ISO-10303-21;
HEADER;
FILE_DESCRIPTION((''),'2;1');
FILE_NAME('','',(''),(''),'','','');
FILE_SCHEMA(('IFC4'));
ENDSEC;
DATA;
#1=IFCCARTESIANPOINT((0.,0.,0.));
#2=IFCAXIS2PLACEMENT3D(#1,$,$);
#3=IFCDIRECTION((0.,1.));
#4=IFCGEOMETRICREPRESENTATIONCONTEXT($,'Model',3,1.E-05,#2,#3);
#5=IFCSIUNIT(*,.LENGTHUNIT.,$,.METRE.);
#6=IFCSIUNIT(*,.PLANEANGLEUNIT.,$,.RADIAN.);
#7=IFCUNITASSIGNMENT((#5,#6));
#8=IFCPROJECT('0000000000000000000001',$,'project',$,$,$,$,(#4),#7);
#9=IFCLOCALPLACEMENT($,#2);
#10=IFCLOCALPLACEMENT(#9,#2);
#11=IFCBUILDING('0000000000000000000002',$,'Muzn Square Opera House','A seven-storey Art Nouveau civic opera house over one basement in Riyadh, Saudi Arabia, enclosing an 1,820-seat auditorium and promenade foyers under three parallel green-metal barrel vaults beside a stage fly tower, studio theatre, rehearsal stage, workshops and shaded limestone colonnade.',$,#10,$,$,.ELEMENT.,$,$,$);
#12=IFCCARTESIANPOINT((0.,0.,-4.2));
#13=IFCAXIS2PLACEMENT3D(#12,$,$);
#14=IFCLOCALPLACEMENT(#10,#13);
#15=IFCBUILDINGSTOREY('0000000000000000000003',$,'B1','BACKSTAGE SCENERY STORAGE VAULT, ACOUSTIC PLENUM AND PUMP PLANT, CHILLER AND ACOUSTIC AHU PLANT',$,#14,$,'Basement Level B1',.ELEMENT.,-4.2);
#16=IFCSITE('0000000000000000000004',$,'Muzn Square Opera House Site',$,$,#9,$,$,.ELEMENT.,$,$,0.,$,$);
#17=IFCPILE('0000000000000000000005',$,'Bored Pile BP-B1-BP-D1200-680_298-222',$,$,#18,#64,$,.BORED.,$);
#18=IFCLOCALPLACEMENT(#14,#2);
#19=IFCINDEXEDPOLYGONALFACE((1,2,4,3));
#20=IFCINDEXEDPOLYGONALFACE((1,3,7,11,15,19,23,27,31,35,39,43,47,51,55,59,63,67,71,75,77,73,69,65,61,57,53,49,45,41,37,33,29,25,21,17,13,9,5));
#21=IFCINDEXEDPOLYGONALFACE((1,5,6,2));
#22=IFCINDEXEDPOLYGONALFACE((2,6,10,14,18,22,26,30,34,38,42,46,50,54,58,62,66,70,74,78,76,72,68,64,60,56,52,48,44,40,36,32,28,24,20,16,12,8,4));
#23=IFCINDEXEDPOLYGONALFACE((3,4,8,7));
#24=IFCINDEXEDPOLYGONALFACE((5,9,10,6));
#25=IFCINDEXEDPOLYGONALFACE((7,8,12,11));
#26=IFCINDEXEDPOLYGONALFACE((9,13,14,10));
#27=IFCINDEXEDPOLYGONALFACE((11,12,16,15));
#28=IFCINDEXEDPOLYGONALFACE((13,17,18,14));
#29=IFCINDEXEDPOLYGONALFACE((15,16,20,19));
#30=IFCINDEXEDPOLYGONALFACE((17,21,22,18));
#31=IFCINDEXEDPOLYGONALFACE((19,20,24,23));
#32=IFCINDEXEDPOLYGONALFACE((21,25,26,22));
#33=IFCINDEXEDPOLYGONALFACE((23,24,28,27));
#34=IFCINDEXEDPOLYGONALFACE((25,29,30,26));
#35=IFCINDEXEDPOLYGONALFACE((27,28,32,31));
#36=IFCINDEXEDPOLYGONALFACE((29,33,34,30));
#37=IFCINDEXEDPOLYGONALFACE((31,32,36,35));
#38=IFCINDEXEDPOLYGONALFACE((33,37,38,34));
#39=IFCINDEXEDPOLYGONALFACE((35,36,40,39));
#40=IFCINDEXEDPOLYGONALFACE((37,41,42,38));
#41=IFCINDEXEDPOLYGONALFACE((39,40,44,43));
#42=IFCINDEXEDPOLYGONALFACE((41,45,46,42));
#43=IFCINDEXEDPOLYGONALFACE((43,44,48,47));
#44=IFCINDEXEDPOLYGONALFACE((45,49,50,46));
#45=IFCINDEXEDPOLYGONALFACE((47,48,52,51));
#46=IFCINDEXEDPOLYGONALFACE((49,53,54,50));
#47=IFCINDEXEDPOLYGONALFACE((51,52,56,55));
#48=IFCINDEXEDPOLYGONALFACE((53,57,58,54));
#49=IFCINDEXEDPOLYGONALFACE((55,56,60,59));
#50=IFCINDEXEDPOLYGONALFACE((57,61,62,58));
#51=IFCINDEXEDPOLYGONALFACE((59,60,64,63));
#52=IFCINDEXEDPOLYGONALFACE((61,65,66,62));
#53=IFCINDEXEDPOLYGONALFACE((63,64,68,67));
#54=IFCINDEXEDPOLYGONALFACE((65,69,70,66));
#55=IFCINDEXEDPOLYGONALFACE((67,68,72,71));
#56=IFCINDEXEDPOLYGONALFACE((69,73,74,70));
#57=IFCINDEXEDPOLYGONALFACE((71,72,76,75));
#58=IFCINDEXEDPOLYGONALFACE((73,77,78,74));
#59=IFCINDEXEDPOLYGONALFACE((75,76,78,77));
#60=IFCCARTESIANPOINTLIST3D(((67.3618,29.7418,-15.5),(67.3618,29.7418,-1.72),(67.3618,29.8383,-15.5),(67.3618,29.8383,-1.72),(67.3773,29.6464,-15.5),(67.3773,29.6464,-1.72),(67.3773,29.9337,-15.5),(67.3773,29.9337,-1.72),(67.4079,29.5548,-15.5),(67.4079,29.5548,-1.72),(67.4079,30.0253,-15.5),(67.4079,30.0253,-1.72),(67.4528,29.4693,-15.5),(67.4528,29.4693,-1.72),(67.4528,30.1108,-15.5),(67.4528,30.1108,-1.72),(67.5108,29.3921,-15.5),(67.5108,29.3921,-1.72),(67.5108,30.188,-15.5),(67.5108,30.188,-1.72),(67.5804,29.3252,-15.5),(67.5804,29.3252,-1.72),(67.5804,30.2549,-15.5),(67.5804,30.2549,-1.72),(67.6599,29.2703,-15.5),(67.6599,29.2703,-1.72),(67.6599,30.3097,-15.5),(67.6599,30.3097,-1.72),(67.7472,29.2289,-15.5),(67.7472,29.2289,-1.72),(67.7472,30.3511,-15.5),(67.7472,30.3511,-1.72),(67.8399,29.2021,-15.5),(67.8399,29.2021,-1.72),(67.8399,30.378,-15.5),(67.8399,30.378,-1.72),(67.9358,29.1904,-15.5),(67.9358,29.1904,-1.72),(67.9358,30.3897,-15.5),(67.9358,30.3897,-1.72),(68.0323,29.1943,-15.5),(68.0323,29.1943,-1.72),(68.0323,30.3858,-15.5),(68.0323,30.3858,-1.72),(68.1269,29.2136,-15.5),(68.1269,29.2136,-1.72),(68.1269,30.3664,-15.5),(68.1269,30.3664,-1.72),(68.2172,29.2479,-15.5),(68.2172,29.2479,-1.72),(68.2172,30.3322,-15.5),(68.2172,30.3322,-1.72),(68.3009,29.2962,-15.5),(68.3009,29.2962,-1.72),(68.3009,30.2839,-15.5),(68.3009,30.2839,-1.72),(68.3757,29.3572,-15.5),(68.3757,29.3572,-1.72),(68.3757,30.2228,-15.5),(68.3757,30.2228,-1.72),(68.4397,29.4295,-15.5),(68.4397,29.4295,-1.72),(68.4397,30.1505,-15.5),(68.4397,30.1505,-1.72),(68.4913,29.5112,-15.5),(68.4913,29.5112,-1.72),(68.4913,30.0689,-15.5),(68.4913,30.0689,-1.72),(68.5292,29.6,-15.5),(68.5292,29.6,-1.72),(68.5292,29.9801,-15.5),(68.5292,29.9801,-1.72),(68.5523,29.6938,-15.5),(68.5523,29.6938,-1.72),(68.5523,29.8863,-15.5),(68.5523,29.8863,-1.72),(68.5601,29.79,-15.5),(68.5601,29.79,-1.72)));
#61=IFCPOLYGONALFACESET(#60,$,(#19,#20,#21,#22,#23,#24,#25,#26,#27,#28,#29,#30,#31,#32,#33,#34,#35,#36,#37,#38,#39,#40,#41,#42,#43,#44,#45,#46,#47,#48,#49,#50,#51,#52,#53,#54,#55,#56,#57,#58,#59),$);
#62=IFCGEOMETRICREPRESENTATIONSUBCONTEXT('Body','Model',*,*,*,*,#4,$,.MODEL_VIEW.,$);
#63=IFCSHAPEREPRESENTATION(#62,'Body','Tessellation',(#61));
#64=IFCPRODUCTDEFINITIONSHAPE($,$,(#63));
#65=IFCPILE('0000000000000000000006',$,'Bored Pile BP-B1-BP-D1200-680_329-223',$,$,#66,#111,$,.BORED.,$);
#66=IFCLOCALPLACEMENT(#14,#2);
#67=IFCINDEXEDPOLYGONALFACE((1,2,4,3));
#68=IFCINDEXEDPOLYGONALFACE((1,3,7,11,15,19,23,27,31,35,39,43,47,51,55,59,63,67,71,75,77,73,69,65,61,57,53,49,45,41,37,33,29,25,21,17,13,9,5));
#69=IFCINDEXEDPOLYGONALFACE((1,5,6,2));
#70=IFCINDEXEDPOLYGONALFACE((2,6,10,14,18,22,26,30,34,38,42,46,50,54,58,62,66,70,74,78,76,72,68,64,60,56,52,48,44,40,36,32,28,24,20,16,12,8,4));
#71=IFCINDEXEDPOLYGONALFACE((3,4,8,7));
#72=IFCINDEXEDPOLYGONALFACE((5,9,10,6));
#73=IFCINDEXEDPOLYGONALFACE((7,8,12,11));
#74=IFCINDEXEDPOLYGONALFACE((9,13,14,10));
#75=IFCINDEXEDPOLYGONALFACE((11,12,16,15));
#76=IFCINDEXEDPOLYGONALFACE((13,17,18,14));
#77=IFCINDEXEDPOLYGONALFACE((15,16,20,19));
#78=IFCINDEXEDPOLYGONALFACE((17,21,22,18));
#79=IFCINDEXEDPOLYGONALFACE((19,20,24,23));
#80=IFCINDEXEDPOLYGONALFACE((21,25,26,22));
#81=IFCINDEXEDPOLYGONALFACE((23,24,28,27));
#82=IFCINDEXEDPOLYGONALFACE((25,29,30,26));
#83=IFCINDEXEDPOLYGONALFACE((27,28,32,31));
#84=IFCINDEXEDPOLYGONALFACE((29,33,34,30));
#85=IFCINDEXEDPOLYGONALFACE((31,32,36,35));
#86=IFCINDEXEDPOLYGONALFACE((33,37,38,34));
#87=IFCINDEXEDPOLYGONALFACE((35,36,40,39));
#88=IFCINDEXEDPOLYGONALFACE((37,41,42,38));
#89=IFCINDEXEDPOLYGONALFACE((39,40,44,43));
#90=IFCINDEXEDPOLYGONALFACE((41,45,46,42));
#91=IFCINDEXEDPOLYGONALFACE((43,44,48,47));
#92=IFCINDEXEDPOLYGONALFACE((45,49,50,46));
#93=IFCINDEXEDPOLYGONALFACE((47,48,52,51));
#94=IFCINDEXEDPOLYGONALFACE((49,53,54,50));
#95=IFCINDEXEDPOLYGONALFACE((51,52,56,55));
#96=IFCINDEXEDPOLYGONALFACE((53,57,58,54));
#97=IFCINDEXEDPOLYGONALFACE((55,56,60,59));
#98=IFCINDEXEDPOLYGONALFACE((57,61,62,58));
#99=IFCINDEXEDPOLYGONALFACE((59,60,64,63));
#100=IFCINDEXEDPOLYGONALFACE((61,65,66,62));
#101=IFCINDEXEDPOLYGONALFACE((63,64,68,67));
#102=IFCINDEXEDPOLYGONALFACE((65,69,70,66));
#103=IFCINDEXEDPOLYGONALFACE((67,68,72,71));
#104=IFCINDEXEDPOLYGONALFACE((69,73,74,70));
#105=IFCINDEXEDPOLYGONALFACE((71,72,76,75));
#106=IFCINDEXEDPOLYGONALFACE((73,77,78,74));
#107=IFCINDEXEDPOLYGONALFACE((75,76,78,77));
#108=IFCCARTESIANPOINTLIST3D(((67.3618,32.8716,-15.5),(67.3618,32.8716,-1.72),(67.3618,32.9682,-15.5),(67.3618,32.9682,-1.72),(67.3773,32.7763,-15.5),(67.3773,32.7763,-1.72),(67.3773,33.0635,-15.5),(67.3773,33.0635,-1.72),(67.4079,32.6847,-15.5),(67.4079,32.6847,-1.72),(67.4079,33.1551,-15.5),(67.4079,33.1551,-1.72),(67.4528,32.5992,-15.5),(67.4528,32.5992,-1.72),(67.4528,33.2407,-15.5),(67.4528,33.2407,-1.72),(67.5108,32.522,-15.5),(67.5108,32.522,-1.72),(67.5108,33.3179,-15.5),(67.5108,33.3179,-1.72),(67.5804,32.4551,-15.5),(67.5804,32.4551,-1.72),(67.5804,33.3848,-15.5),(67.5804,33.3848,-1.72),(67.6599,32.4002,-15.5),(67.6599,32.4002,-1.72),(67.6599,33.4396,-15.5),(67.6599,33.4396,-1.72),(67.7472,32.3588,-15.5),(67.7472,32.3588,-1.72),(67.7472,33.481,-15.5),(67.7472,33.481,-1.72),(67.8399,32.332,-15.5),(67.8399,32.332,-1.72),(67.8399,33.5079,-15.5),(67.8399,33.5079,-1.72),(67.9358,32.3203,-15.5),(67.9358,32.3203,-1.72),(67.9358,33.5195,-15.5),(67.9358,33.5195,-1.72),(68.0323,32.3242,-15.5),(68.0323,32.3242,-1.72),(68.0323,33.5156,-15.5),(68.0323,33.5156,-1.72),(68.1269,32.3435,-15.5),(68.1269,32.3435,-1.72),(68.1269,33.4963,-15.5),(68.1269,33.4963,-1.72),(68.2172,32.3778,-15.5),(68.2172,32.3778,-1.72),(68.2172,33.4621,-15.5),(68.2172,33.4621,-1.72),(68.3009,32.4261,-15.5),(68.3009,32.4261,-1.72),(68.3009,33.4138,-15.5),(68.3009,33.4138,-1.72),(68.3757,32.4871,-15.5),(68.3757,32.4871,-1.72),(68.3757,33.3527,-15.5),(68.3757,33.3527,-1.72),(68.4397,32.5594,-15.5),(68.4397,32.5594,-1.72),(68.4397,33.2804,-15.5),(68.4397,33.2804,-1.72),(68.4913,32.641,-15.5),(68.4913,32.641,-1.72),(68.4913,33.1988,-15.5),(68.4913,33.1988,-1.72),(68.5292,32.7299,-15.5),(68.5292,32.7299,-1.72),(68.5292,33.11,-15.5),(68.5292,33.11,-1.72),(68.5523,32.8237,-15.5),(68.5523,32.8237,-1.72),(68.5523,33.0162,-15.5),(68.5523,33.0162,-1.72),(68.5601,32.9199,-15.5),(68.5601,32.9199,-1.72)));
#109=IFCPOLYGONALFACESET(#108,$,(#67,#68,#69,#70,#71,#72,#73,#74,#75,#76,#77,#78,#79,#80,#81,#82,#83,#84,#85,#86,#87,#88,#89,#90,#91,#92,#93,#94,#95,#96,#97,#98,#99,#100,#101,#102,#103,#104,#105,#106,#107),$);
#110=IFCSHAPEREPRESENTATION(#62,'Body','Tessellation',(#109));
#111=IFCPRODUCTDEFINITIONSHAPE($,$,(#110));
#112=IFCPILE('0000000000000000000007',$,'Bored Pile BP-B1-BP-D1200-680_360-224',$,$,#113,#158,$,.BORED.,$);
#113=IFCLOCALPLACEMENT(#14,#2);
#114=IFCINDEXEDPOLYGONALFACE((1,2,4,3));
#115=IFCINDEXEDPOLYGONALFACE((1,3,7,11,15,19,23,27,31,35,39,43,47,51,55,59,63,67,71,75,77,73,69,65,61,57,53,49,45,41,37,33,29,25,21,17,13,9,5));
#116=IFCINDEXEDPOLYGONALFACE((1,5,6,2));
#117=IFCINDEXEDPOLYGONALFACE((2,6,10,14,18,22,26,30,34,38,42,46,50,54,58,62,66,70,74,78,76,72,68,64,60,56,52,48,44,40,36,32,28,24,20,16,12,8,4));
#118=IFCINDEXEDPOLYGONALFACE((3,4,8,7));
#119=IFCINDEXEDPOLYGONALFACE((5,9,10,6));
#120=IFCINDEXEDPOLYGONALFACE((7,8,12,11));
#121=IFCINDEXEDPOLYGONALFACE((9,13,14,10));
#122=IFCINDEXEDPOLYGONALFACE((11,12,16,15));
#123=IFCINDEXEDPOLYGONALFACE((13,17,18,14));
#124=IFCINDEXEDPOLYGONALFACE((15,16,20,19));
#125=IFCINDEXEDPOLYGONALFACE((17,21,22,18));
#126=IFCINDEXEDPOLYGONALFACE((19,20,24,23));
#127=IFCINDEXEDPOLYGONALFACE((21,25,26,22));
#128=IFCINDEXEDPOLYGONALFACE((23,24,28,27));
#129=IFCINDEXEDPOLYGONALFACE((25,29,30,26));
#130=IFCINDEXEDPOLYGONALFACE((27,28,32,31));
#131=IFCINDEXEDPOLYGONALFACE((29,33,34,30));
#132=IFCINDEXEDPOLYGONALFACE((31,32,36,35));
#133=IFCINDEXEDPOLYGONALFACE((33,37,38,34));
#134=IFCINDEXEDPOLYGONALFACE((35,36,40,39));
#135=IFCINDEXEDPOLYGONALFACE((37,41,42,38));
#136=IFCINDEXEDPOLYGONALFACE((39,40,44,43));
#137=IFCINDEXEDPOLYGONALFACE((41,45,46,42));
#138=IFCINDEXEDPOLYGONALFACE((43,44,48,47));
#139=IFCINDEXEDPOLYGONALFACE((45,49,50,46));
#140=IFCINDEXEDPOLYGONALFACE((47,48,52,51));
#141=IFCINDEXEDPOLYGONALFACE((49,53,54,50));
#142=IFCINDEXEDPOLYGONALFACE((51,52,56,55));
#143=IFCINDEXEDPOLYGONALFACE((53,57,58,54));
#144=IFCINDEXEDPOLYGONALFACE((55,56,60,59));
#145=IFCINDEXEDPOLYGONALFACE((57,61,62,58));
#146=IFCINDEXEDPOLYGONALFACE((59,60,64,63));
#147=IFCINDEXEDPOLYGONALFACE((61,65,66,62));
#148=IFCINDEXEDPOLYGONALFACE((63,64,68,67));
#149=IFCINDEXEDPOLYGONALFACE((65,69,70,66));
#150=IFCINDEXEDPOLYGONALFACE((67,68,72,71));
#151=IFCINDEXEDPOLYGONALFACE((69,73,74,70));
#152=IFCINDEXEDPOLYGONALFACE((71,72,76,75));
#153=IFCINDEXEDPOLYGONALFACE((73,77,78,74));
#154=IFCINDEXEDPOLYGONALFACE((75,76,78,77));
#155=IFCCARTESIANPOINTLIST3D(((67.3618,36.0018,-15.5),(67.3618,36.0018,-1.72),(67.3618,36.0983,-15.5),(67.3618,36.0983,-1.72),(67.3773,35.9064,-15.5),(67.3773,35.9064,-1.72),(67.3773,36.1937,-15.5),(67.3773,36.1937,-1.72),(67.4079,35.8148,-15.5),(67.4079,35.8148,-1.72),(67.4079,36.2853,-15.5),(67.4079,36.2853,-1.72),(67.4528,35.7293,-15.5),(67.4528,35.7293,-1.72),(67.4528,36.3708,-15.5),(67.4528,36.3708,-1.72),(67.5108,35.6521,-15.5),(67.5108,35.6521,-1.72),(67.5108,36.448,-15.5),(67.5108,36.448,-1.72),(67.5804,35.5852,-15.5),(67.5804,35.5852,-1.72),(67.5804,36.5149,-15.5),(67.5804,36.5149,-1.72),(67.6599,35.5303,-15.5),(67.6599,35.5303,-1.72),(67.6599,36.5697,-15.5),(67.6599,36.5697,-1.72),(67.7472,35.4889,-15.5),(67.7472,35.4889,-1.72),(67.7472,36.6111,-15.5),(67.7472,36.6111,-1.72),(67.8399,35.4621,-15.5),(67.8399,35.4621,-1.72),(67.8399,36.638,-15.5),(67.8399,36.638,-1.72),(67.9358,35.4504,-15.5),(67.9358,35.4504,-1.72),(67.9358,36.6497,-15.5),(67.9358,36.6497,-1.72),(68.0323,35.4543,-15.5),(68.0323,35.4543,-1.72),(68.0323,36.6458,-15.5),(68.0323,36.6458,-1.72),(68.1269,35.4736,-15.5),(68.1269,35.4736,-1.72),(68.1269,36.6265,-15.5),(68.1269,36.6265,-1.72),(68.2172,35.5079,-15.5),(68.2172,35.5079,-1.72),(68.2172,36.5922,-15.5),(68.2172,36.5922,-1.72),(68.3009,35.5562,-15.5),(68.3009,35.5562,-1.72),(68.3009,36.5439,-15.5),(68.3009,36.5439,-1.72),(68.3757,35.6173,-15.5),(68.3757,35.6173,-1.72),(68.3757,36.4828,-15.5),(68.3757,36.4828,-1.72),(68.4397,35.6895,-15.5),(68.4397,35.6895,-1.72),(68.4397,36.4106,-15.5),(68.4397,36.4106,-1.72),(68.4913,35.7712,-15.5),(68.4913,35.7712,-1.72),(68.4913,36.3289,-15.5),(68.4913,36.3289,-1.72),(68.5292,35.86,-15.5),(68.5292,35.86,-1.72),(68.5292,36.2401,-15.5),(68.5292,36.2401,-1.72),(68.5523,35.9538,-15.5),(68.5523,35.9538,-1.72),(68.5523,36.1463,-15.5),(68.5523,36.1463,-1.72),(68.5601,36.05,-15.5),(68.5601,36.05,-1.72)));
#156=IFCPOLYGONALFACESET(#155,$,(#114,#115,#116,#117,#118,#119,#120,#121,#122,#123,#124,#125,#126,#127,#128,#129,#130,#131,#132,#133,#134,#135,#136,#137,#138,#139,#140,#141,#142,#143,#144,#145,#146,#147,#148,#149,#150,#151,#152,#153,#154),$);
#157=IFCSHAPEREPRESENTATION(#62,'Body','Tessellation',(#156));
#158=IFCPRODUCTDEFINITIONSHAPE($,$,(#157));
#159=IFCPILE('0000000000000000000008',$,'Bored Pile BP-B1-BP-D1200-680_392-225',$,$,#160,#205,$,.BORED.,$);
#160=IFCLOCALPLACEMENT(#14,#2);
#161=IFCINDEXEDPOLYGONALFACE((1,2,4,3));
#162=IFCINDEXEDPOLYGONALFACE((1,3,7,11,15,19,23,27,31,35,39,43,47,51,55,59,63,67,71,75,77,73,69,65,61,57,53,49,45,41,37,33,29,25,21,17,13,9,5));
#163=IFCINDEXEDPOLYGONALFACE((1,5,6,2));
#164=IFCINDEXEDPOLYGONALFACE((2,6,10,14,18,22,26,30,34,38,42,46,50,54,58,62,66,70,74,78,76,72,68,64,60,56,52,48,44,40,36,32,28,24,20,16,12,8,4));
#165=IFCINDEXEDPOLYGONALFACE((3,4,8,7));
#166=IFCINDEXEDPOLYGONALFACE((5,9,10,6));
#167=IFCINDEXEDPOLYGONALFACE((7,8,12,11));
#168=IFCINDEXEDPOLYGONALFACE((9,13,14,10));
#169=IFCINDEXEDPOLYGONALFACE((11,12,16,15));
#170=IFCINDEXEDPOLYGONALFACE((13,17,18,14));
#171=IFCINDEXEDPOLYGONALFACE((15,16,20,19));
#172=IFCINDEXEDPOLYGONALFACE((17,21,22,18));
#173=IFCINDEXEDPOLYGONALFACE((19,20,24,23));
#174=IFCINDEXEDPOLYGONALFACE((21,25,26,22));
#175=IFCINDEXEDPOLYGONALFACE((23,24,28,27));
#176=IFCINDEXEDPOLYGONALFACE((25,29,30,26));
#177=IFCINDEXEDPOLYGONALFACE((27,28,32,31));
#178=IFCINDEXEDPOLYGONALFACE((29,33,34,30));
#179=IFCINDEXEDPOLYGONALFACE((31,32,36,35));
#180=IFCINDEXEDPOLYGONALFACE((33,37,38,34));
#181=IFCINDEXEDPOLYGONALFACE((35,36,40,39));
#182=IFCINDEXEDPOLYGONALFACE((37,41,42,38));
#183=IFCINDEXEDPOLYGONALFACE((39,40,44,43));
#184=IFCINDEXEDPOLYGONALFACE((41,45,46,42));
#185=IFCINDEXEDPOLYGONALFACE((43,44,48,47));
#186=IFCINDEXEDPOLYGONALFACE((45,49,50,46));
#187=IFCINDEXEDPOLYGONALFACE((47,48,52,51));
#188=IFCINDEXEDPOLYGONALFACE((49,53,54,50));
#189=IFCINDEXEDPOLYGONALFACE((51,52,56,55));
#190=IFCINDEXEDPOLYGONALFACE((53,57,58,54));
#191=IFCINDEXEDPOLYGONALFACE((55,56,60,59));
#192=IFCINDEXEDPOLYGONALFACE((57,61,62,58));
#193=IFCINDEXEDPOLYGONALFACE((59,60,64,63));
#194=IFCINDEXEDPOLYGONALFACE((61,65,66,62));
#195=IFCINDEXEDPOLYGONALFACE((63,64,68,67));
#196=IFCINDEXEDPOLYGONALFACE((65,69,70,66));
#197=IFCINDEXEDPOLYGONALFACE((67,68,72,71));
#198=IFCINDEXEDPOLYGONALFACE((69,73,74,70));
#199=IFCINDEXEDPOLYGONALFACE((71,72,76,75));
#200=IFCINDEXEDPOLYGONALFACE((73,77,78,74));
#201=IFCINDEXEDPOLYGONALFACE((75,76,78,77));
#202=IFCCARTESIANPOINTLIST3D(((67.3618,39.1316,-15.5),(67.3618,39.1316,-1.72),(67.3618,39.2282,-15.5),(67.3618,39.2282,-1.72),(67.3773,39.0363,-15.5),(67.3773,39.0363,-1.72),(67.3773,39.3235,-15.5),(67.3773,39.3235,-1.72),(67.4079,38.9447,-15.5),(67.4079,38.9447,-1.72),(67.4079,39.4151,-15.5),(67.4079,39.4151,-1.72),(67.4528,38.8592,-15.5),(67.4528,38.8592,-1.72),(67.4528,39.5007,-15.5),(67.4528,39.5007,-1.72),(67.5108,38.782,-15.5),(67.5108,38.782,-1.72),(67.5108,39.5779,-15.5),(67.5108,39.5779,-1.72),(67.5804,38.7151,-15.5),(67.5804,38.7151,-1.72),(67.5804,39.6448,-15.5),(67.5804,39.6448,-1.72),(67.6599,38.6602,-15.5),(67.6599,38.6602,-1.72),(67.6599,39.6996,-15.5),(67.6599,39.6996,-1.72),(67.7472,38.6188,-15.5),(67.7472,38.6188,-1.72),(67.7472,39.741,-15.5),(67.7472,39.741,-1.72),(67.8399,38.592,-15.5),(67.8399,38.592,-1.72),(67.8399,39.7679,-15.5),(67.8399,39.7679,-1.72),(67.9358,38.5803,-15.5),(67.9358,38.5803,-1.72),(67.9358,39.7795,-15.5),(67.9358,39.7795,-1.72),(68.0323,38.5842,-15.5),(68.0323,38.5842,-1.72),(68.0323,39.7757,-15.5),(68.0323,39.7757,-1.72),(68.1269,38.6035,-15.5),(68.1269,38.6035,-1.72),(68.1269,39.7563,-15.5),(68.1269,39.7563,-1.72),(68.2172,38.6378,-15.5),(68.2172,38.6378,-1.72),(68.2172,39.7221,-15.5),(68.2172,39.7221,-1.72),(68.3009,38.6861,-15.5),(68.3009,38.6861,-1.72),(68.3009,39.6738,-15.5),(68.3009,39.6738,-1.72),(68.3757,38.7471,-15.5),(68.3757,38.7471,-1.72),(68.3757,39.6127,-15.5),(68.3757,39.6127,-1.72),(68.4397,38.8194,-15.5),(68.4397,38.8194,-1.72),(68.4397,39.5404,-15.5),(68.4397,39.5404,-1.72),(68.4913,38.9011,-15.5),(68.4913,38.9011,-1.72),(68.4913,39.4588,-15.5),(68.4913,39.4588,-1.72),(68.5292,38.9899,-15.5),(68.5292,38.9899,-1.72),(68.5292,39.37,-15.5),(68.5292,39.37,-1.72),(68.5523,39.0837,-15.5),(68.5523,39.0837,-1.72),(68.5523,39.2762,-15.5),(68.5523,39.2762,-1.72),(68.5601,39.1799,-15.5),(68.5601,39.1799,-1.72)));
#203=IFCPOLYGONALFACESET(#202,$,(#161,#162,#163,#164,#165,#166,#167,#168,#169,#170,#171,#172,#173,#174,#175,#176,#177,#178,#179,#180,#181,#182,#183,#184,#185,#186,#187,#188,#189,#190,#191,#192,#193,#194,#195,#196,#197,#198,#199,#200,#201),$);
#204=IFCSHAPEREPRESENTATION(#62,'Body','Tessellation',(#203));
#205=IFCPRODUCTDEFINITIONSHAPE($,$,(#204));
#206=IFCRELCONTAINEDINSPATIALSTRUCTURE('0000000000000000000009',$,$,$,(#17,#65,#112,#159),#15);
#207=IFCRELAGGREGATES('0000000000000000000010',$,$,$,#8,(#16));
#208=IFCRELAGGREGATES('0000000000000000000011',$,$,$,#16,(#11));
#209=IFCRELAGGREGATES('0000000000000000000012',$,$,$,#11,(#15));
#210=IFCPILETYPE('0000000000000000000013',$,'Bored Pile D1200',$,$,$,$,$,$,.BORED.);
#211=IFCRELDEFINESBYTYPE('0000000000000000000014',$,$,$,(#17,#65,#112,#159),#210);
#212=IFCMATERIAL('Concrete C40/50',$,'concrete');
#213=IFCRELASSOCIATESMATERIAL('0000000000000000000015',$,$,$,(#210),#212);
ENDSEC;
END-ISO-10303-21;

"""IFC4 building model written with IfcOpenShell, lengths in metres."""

from ifc_helpers import new_model, si_unit, direction, frame, origin, origin_2d, place, context, subcontext, project, spatial, circle, extrude, material, material_profile, profile_set, type_object, element, save


model = new_model("IFC4")

# Units and contexts
model_context = context("Model", 3, precision=1e-05, world=origin(), true_north=direction((0.0, 1.0)))
body_context = subcontext(model_context, "Body", "Model", "MODEL_VIEW")
ifc_project = project(units=[si_unit("LENGTHUNIT", "METRE"), si_unit("PLANEANGLEUNIT", "RADIAN")], contexts=[model_context])

# Site, building, storey
site_placement = place(None, origin())
site = spatial("IfcSite", under=ifc_project, at=site_placement, Name="Muzn Square Opera House Site", CompositionType="ELEMENT", RefElevation=0.0)
building_placement = place(site_placement, origin())
building = spatial("IfcBuilding", under=site, at=building_placement, Name="Muzn Square Opera House", Description="A seven-storey Art Nouveau civic opera house over one basement in Riyadh, Saudi Arabia, enclosing an 1,820-seat auditorium and promenade foyers under three parallel green-metal barrel vaults beside a stage fly tower, studio theatre, rehearsal stage, workshops and shaded limestone colonnade.", CompositionType="ELEMENT")
storey_placement = place(building_placement, frame((0.0, 0.0, -4.2)))
storey = spatial("IfcBuildingStorey", under=building, at=storey_placement, Name="B1", Description="BACKSTAGE SCENERY STORAGE VAULT, ACOUSTIC PLENUM AND PUMP PLANT, CHILLER AND ACOUSTIC AHU PLANT", LongName="Basement Level B1", CompositionType="ELEMENT", Elevation=-4.2)

# Piles
ifc_material_1 = material(Name="Concrete C40/50", Category="concrete")
ifc_material_profile_1 = material_profile(ifc_material_1, circle(Radius=0.6001, at=origin_2d()), Name="BORED PILE D1200", Category="concrete")
ifc_profile_set_1 = profile_set([ifc_material_profile_1], Name="Concrete C40/50")
pile_type = type_object("IfcPileType", Name="Bored Pile D1200", PredefinedType="BORED", material=ifc_profile_set_1)
for number, where, z_axis, x_axis, name in (
    (1, (67.96, 29.79, -1.72), (0.0, 0.0, -1.0), (1.0, 0.0, 0.0), "Bored Pile BP-B1-BP-D1200-680_298-222"),
    (2, (67.96, 32.9199, -1.72), (0.0, 0.0, -1.0), (1.0, 0.0, 0.0), "Bored Pile BP-B1-BP-D1200-680_329-223"),
    (3, (67.96, 36.05, -1.72), (0.0, 0.0, -1.0), (1.0, 0.0, 0.0), "Bored Pile BP-B1-BP-D1200-680_360-224"),
    (4, (67.96, 39.1799, -1.72), (0.0, 0.0, -1.0), (1.0, 0.0, 0.0), "Bored Pile BP-B1-BP-D1200-680_392-225"),
):
    element("IfcPile", number, at=place(storey_placement, frame(where, z_axis=z_axis, x_axis=x_axis)), inside=storey, type_object=pile_type, Name=name, PredefinedType="BORED", context=body_context, shape_type="SweptSolid", body=[
        extrude(circle(Radius=0.6001, at=origin_2d()), origin(), (0.0, 0.0, 1.0), 13.78),
    ])

save(model, "model.ifc")
